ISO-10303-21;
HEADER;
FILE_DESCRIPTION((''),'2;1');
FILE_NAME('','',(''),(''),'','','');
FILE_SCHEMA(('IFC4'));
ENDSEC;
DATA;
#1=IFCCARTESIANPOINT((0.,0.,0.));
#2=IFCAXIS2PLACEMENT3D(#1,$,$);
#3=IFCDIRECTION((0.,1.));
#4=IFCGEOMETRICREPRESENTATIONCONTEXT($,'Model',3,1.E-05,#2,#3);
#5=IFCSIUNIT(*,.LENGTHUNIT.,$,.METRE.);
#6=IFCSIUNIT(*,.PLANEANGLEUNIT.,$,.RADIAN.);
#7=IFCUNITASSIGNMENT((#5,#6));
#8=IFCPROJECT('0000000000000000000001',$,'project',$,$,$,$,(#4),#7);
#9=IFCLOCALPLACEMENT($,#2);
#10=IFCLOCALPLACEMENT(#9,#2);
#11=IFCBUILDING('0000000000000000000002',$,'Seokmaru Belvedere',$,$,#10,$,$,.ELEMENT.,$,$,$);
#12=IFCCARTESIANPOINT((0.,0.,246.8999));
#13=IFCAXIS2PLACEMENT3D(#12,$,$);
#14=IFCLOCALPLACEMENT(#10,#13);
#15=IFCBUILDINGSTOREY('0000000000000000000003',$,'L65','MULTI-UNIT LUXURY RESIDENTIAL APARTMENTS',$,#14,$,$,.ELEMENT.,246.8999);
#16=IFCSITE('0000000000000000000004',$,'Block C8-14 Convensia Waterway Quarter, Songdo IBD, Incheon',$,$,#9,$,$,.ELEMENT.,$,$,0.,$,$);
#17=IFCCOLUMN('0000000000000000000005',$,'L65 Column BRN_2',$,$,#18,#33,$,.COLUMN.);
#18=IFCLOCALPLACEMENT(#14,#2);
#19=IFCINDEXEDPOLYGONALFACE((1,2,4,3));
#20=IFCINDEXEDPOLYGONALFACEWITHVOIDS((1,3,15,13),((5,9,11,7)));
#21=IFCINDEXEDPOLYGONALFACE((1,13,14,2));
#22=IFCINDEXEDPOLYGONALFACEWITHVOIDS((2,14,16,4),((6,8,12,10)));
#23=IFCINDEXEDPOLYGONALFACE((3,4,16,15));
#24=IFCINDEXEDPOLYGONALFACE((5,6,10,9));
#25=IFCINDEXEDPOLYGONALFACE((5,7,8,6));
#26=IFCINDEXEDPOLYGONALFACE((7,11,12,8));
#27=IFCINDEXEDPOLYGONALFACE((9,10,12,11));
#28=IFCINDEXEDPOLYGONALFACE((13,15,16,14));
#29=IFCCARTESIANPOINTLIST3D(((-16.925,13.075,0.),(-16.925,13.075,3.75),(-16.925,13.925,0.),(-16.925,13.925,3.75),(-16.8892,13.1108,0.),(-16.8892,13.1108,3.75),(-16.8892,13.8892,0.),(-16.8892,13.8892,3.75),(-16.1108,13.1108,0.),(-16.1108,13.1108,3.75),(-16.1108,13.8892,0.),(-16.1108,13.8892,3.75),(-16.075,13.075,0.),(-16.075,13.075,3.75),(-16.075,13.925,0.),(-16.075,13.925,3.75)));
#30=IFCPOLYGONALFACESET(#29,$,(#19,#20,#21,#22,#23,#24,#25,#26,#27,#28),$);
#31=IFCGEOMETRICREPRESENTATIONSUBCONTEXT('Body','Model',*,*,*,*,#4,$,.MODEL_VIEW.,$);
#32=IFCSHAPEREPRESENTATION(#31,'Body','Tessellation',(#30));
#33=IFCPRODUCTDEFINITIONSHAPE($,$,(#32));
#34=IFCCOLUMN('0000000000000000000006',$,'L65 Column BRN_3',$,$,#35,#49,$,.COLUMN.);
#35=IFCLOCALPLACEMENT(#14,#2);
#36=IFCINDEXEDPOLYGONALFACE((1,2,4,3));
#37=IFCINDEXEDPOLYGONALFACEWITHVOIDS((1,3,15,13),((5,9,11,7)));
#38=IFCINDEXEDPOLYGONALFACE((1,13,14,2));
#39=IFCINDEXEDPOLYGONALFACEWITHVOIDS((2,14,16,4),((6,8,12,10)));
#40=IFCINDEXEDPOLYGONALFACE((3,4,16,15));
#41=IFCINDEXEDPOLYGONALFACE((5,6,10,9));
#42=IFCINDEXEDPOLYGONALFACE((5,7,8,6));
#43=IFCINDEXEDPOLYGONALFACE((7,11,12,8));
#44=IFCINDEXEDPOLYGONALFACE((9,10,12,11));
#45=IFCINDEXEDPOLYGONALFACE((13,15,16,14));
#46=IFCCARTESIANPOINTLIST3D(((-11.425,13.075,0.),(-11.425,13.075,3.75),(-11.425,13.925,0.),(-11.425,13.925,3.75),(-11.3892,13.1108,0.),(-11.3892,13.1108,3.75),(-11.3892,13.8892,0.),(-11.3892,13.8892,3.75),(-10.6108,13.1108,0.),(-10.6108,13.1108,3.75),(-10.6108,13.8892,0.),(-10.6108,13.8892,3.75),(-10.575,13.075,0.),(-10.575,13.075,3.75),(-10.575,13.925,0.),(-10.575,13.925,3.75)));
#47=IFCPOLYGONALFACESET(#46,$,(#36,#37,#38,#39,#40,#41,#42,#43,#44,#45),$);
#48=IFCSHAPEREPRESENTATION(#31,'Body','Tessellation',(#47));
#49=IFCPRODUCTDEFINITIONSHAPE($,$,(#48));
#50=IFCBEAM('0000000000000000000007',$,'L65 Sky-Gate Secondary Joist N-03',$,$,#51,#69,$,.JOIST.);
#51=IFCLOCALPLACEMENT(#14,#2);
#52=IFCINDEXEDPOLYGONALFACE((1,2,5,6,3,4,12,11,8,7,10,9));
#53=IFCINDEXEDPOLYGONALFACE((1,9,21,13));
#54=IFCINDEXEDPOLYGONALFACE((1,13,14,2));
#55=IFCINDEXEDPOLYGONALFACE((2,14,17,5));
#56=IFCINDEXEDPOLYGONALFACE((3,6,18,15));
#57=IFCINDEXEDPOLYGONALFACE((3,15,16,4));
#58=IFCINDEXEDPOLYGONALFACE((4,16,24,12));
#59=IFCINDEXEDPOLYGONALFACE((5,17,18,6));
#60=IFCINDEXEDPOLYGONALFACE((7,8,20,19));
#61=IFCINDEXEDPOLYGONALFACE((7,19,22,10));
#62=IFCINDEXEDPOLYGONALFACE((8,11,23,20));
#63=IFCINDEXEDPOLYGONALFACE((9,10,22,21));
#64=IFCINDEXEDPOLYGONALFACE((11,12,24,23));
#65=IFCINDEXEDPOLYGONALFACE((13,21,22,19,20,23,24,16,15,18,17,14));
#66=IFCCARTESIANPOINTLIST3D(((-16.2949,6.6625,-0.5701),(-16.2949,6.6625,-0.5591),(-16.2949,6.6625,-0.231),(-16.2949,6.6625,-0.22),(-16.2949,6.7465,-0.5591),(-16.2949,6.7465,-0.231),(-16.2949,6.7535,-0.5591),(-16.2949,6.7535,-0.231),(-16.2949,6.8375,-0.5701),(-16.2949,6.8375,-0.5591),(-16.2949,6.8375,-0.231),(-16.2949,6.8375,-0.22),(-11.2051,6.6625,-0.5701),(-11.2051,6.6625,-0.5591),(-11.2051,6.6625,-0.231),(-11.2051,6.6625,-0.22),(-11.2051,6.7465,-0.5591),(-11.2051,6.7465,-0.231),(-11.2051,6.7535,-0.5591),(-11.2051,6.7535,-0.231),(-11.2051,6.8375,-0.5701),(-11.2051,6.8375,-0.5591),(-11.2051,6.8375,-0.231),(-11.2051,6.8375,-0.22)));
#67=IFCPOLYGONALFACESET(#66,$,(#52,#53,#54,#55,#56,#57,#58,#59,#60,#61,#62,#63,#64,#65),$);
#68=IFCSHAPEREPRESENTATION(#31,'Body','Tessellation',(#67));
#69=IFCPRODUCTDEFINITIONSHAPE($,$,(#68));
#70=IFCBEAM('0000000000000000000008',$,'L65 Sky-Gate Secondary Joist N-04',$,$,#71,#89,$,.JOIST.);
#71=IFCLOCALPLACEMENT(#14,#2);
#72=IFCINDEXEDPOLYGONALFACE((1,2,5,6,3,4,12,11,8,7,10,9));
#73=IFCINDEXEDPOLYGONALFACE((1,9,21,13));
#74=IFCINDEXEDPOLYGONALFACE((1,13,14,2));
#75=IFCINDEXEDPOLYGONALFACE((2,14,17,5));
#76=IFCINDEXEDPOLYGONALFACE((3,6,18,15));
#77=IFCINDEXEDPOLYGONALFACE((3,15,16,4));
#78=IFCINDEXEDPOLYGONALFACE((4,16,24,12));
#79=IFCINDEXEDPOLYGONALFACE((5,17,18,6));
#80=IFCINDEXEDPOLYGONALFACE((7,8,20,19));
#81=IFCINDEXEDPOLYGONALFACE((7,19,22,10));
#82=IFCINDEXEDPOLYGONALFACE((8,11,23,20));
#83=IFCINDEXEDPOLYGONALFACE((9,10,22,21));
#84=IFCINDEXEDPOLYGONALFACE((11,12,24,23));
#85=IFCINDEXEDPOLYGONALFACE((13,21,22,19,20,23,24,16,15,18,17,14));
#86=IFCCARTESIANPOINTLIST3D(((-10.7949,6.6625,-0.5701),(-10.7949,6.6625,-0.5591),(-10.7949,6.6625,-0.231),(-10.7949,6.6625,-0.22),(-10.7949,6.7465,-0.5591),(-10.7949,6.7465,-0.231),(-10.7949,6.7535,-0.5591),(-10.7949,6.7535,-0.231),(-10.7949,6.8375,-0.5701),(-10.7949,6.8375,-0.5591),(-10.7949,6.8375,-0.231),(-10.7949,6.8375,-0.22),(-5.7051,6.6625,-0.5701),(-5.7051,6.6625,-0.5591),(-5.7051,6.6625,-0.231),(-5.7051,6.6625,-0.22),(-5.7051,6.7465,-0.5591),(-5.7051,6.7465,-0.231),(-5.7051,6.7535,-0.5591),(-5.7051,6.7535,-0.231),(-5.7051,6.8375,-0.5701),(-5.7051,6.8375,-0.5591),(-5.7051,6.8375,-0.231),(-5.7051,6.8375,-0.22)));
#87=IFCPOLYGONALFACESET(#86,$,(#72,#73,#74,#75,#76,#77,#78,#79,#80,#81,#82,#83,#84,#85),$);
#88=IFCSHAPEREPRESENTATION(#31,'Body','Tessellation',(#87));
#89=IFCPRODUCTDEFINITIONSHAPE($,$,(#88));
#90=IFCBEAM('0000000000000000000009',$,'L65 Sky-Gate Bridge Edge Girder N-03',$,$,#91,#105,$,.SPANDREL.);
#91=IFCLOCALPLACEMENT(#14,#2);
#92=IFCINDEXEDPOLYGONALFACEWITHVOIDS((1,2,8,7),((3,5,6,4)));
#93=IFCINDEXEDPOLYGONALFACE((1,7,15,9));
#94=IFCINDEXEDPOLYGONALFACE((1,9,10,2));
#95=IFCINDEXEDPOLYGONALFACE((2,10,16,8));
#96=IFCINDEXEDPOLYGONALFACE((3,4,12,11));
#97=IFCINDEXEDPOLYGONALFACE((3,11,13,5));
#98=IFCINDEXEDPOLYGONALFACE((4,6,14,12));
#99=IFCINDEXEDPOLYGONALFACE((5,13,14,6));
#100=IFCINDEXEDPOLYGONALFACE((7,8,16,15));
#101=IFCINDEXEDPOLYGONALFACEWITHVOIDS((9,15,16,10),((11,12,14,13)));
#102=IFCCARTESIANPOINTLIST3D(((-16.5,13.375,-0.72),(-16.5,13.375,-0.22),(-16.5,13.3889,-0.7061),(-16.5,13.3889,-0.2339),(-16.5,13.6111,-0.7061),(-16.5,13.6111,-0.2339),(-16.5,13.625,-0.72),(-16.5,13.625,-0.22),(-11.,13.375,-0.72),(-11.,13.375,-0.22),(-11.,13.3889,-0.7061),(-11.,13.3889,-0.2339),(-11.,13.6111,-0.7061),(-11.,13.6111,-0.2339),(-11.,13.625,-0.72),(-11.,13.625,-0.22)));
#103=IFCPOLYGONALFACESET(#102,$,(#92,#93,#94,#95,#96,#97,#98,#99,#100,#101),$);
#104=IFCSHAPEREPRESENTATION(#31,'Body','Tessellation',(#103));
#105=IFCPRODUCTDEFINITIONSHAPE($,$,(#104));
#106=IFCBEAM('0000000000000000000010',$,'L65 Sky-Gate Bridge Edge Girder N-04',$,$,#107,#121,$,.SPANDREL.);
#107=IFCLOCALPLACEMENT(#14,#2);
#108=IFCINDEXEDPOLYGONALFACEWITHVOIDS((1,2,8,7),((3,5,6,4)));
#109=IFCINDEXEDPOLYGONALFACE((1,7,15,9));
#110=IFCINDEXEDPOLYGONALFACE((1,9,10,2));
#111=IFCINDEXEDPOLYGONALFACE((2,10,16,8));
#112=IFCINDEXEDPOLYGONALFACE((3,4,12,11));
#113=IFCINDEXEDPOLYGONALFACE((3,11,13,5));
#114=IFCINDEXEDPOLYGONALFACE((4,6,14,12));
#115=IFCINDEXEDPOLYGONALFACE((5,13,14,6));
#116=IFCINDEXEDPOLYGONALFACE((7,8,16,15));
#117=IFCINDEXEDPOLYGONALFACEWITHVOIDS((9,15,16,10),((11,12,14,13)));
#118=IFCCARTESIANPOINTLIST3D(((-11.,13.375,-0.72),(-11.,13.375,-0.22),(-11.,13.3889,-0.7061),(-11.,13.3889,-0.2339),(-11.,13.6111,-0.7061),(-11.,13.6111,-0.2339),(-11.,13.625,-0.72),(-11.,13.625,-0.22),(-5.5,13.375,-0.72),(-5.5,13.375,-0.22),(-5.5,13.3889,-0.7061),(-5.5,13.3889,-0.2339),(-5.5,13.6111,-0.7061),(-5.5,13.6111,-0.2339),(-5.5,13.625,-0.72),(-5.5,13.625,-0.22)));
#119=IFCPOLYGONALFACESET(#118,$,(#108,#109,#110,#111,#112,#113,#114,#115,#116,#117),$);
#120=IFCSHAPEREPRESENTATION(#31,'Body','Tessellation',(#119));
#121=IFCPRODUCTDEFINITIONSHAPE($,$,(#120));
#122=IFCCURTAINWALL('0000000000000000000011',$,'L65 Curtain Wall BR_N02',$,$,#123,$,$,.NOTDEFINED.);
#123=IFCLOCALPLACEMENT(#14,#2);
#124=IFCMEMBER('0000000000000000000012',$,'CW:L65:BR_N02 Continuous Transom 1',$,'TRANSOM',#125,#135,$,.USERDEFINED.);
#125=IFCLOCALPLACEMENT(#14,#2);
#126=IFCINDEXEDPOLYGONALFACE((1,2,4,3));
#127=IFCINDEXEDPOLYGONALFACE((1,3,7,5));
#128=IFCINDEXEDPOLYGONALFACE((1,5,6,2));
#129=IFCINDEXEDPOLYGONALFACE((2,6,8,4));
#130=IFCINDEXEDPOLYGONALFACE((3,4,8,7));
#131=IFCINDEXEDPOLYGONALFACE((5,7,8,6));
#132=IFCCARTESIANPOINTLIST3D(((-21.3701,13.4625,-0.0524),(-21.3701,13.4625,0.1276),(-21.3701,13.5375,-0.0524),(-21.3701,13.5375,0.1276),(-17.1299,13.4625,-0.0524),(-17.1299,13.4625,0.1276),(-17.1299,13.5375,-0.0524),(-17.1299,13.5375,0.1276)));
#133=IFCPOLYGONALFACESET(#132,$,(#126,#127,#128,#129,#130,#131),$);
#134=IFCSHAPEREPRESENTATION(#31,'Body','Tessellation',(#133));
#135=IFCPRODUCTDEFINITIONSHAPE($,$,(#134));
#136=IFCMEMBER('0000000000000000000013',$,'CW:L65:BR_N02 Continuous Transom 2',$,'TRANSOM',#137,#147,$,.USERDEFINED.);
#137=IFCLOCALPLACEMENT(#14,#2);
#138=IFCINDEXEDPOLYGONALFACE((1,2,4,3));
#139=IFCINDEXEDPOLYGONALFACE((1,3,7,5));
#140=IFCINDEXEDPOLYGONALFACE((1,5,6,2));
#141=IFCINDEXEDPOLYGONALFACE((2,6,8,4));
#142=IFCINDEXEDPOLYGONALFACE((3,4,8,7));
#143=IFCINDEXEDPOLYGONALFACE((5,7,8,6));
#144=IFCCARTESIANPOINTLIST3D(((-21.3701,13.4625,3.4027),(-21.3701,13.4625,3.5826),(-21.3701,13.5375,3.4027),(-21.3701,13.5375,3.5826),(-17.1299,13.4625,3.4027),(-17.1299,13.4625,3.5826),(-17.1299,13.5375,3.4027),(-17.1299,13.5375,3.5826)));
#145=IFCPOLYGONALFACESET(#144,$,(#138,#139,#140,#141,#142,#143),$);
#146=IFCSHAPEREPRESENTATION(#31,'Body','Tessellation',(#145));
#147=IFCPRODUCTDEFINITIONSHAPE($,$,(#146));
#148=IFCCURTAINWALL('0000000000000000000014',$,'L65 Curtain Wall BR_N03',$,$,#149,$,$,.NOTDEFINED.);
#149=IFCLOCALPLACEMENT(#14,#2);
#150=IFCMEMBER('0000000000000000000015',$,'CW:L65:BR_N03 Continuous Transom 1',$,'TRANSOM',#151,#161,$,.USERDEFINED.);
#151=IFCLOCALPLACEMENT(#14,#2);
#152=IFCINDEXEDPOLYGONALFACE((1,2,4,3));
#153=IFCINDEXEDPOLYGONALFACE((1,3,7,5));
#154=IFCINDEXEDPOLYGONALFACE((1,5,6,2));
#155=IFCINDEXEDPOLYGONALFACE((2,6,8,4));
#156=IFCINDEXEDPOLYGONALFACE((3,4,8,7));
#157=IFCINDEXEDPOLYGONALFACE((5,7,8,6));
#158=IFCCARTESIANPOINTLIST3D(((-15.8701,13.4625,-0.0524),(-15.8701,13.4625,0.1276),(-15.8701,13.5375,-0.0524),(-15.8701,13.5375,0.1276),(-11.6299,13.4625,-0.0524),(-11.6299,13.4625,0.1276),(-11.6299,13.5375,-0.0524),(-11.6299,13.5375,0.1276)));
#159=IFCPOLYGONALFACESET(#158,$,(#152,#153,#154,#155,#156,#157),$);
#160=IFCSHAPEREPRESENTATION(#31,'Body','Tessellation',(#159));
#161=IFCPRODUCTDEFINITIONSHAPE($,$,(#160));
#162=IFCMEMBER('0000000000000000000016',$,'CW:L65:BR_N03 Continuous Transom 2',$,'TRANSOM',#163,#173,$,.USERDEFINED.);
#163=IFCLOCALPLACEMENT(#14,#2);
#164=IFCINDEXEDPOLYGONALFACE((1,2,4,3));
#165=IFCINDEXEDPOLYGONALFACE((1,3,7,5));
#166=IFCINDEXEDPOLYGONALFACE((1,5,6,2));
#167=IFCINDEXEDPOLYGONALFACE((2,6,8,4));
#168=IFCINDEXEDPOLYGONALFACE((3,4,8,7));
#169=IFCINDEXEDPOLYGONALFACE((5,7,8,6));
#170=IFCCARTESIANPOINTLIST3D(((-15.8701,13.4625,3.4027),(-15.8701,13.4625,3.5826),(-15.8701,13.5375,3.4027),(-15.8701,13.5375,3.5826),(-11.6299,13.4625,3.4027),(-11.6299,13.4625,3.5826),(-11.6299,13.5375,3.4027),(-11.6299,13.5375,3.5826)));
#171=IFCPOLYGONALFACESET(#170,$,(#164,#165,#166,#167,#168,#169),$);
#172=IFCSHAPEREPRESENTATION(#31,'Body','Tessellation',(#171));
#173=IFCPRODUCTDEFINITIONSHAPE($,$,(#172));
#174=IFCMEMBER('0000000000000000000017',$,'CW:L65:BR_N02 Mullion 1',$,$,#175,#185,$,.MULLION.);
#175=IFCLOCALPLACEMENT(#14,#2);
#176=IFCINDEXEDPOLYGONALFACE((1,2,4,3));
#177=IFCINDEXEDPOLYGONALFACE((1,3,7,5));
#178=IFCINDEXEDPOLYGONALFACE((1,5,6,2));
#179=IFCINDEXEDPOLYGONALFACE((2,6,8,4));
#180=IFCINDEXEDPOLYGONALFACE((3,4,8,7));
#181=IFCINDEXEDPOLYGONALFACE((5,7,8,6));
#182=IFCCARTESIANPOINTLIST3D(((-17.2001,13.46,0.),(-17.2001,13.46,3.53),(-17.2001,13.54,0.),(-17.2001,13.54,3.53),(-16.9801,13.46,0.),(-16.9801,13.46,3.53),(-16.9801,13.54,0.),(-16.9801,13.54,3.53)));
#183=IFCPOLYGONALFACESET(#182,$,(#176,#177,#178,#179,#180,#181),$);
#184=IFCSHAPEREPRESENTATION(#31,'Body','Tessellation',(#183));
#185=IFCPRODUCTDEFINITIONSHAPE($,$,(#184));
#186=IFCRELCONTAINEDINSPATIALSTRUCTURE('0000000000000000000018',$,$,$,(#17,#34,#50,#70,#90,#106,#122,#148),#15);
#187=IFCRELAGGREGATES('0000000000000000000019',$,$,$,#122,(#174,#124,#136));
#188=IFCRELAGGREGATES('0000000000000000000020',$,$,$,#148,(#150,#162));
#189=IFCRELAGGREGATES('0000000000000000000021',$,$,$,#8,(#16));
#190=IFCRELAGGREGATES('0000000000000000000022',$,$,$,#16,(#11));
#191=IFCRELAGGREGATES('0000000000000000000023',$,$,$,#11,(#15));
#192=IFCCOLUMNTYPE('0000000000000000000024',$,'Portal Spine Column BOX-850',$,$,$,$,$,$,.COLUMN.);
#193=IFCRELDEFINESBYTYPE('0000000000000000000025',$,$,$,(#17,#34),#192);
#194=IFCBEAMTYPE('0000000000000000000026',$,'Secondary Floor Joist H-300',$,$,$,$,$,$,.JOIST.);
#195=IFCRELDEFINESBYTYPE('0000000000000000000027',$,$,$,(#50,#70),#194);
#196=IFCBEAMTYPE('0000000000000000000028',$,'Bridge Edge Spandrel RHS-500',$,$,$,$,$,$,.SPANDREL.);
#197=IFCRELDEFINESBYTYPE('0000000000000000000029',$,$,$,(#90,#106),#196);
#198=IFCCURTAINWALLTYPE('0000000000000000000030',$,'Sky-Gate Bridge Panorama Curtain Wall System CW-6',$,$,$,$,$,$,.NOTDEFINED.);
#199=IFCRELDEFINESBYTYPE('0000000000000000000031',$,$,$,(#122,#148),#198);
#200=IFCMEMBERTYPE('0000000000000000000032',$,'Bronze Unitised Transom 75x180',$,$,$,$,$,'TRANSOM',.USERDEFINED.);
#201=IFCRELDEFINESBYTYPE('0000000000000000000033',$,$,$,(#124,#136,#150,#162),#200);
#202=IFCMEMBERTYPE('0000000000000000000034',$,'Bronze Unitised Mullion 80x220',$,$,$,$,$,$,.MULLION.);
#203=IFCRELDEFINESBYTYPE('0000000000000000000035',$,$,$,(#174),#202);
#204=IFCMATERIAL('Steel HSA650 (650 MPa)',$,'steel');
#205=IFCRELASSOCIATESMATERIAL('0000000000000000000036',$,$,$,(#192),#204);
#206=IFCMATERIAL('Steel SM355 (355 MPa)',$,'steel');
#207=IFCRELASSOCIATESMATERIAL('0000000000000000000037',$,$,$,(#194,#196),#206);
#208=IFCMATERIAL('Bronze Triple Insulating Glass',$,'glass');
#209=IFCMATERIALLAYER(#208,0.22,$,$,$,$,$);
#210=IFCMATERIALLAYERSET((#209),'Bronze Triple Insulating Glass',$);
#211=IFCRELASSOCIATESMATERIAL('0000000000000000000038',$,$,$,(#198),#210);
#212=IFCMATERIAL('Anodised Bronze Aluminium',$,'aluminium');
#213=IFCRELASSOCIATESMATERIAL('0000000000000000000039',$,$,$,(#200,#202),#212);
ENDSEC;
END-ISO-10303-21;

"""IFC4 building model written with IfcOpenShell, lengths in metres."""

from ifc_helpers import new_model, si_unit, direction, frame, origin, origin_2d, place, context, subcontext, project, spatial, rectangle, hollow_rectangle, i_section, extrude, source, transform, mapped, material, layer, layer_set, material_profile, profile_set, type_object, type_shapes, element, aggregate, save


model = new_model("IFC4")

# Units and contexts
model_context = context("Model", 3, precision=1e-05, world=origin(), true_north=direction((0.0, 1.0)))
body_context = subcontext(model_context, "Body", "Model", "MODEL_VIEW")
ifc_project = project(units=[si_unit("LENGTHUNIT", "METRE"), si_unit("PLANEANGLEUNIT", "RADIAN")], contexts=[model_context])

# Site, building, storey
site_placement = place(None, origin())
site = spatial("IfcSite", under=ifc_project, at=site_placement, Name="Block C8-14 Convensia Waterway Quarter, Songdo IBD, Incheon", CompositionType="ELEMENT", RefElevation=0.0)
building_placement = place(site_placement, origin())
building = spatial("IfcBuilding", under=site, at=building_placement, Name="Seokmaru Belvedere", CompositionType="ELEMENT")
storey_placement = place(building_placement, frame((0.0, 0.0, 246.8999)))
storey = spatial("IfcBuildingStorey", under=building, at=storey_placement, Name="L65", Description="MULTI-UNIT LUXURY RESIDENTIAL APARTMENTS", CompositionType="ELEMENT", Elevation=246.8999)

# Columns
ifc_material_1 = material(Name="Steel HSA650 (650 MPa)", Category="steel")
ifc_material_profile_1 = material_profile(ifc_material_1, hollow_rectangle(XDim=0.8501, YDim=0.8501, WallThickness=0.0359, at=origin_2d()), Name="BOX-850x850x36")
ifc_profile_set_1 = profile_set([ifc_material_profile_1], Name="Steel HSA650 (650 MPa)")
column_type = type_object("IfcColumnType", Name="Portal Spine Column BOX-850", PredefinedType="COLUMN", material=ifc_profile_set_1)
shared_shape_1 = source(origin(), body_context, "Body", "SweptSolid", [
    extrude(hollow_rectangle(XDim=0.8501, YDim=0.8501, WallThickness=0.0359, at=origin_2d()), origin(), (0.0, 0.0, 1.0), 3.75),
])
type_shapes(column_type, [shared_shape_1])
for number, where, z_axis, x_axis, name in (
    (1, (-16.5, 13.5, 0.0), (0.0, 0.0, 1.0), (1.0, 0.0, 0.0), "L65 Column BRN_2"),
    (2, (-11.0, 13.5, 0.0), (0.0, 0.0, 1.0), (1.0, 0.0, 0.0), "L65 Column BRN_3"),
):
    element("IfcColumn", number, at=place(storey_placement, frame(where, z_axis=z_axis, x_axis=x_axis)), inside=storey, type_object=column_type, Name=name, PredefinedType="COLUMN", context=body_context, shape_type="MappedRepresentation", body=[
        mapped(shared_shape_1, transform((0.0, 0.0, 0.0), scale=1.0)),
    ])

# Beams
ifc_material_2 = material(Name="Steel SM355 (355 MPa)", Category="steel")
ifc_material_profile_2 = material_profile(ifc_material_2, i_section(OverallWidth=0.175, OverallDepth=0.3501, WebThickness=0.0071, FlangeThickness=0.011, at=origin_2d()), Name="H-350x175x7x11")
ifc_profile_set_2 = profile_set([ifc_material_profile_2], Name="Steel SM355 (355 MPa)")
beam_type_1 = type_object("IfcBeamType", Name="Secondary Floor Joist H-300", PredefinedType="JOIST", material=ifc_profile_set_2)
shared_shape_2 = source(origin(), body_context, "Body", "SweptSolid", [
    extrude(i_section(OverallWidth=0.175, OverallDepth=0.3501, WebThickness=0.0071, FlangeThickness=0.011, at=origin_2d()), origin(), (0.0, 0.0, 1.0), 5.0898),
])
type_shapes(beam_type_1, [shared_shape_2])
for number, where, z_axis, x_axis, name in (
    (3, (-16.2949, 6.75, -0.395), (1.0, 0.0, 0.0), (0.0, 1.0, 0.0), "L65 Sky-Gate Secondary Joist N-03"),
    (4, (-10.7949, 6.75, -0.395), (1.0, 0.0, 0.0), (0.0, 1.0, 0.0), "L65 Sky-Gate Secondary Joist N-04"),
):
    element("IfcBeam", number, at=place(storey_placement, frame(where, z_axis=z_axis, x_axis=x_axis)), inside=storey, type_object=beam_type_1, Name=name, PredefinedType="JOIST", context=body_context, shape_type="MappedRepresentation", body=[
        mapped(shared_shape_2, transform((0.0, 0.0, 0.0), scale=1.0)),
    ])
ifc_material_profile_3 = material_profile(ifc_material_2, hollow_rectangle(XDim=0.25, YDim=0.5, WallThickness=0.0139, at=origin_2d()), Name="RHS-500x250x14")
ifc_profile_set_3 = profile_set([ifc_material_profile_3], Name="Steel SM355 (355 MPa)")
beam_type_2 = type_object("IfcBeamType", Name="Bridge Edge Spandrel RHS-500", PredefinedType="SPANDREL", material=ifc_profile_set_3)
shared_shape_3 = source(origin(), body_context, "Body", "SweptSolid", [
    extrude(hollow_rectangle(XDim=0.25, YDim=0.5, WallThickness=0.0139, at=origin_2d()), origin(), (0.0, 0.0, 1.0), 5.5),
])
type_shapes(beam_type_2, [shared_shape_3])
for number, where, z_axis, x_axis, name in (
    (5, (-16.5, 13.5, -0.47), (1.0, 0.0, 0.0), (0.0, 1.0, 0.0), "L65 Sky-Gate Bridge Edge Girder N-03"),
    (6, (-11.0, 13.5, -0.47), (1.0, 0.0, 0.0), (0.0, 1.0, 0.0), "L65 Sky-Gate Bridge Edge Girder N-04"),
):
    element("IfcBeam", number, at=place(storey_placement, frame(where, z_axis=z_axis, x_axis=x_axis)), inside=storey, type_object=beam_type_2, Name=name, PredefinedType="SPANDREL", context=body_context, shape_type="MappedRepresentation", body=[
        mapped(shared_shape_3, transform((0.0, 0.0, 0.0), scale=1.0)),
    ])

# Curtain walls, members
ifc_material_3 = material(Name="Bronze Triple Insulating Glass", Category="glass")
ifc_layer_1 = layer(ifc_material_3, 0.22)
ifc_layer_set_1 = layer_set([ifc_layer_1], Name="Bronze Triple Insulating Glass")
curtain_wall_type = type_object("IfcCurtainWallType", Name="Sky-Gate Bridge Panorama Curtain Wall System CW-6", PredefinedType="NOTDEFINED", material=ifc_layer_set_1)
curtain_wall_1_placement = place(storey_placement, origin())
curtain_wall_1 = element("IfcCurtainWall", 7, at=curtain_wall_1_placement, inside=storey, type_object=curtain_wall_type, Name="L65 Curtain Wall BR_N02", PredefinedType="NOTDEFINED")
ifc_material_4 = material(Name="Anodised Bronze Aluminium", Category="aluminium")
ifc_material_profile_4 = material_profile(ifc_material_4, rectangle(XDim=0.075, YDim=0.1799, at=origin_2d()), Name="CW-T-75x180")
ifc_profile_set_4 = profile_set([ifc_material_profile_4], Name="Anodised Bronze Aluminium")
member_type_1 = type_object("IfcMemberType", Name="Bronze Unitised Transom 75x180", ElementType="TRANSOM", PredefinedType="USERDEFINED", material=ifc_profile_set_4)
shared_shape_4 = source(origin(), body_context, "Body", "SweptSolid", [
    extrude(rectangle(XDim=0.075, YDim=0.1799, at=origin_2d()), origin(), (0.0, 0.0, 1.0), 4.2402),
])
type_shapes(member_type_1, [shared_shape_4])
member_1_placement = place(storey_placement, frame((-17.1299, 13.5, 0.0376), z_axis=(-1.0, 0.0, 0.0), x_axis=(0.0, -1.0, 0.0)))
member_1 = element("IfcMember", 8, at=member_1_placement, type_object=member_type_1, Name="CW:L65:BR_N02 Continuous Transom 1", ObjectType="TRANSOM", PredefinedType="USERDEFINED", context=body_context, shape_type="MappedRepresentation", body=[
    mapped(shared_shape_4, transform((0.0, 0.0, 0.0), scale=1.0)),
])
member_2_placement = place(storey_placement, frame((-17.1299, 13.5, 3.4927), z_axis=(-1.0, 0.0, 0.0), x_axis=(0.0, -1.0, 0.0)))
member_2 = element("IfcMember", 9, at=member_2_placement, type_object=member_type_1, Name="CW:L65:BR_N02 Continuous Transom 2", ObjectType="TRANSOM", PredefinedType="USERDEFINED", context=body_context, shape_type="MappedRepresentation", body=[
    mapped(shared_shape_4, transform((0.0, 0.0, 0.0), scale=1.0)),
])
curtain_wall_2_placement = place(storey_placement, origin())
curtain_wall_2 = element("IfcCurtainWall", 10, at=curtain_wall_2_placement, inside=storey, type_object=curtain_wall_type, Name="L65 Curtain Wall BR_N03", PredefinedType="NOTDEFINED")
member_3_placement = place(storey_placement, frame((-11.6299, 13.5, 0.0376), z_axis=(-1.0, 0.0, 0.0), x_axis=(0.0, -1.0, 0.0)))
member_3 = element("IfcMember", 11, at=member_3_placement, type_object=member_type_1, Name="CW:L65:BR_N03 Continuous Transom 1", ObjectType="TRANSOM", PredefinedType="USERDEFINED", context=body_context, shape_type="MappedRepresentation", body=[
    mapped(shared_shape_4, transform((0.0, 0.0, 0.0), scale=1.0)),
])
member_4_placement = place(storey_placement, frame((-11.6299, 13.5, 3.4927), z_axis=(-1.0, 0.0, 0.0), x_axis=(0.0, -1.0, 0.0)))
member_4 = element("IfcMember", 12, at=member_4_placement, type_object=member_type_1, Name="CW:L65:BR_N03 Continuous Transom 2", ObjectType="TRANSOM", PredefinedType="USERDEFINED", context=body_context, shape_type="MappedRepresentation", body=[
    mapped(shared_shape_4, transform((0.0, 0.0, 0.0), scale=1.0)),
])

# Member
ifc_material_profile_5 = material_profile(ifc_material_4, rectangle(XDim=0.0801, YDim=0.22, at=origin_2d()), Name="CW-M-80x220")
ifc_profile_set_5 = profile_set([ifc_material_profile_5], Name="Anodised Bronze Aluminium")
member_type_2 = type_object("IfcMemberType", Name="Bronze Unitised Mullion 80x220", PredefinedType="MULLION", material=ifc_profile_set_5)
shared_shape_5 = source(origin(), body_context, "Body", "SweptSolid", [
    extrude(rectangle(XDim=0.0801, YDim=0.22, at=origin_2d()), origin(), (0.0, 0.0, 1.0), 3.53),
])
type_shapes(member_type_2, [shared_shape_5])
member_5_placement = place(storey_placement, frame((-17.0901, 13.5, 0.0), z_axis=(0.0, 0.0, 1.0), x_axis=(0.0, -1.0, 0.0)))
member_5 = element("IfcMember", 13, at=member_5_placement, type_object=member_type_2, Name="CW:L65:BR_N02 Mullion 1", PredefinedType="MULLION", context=body_context, shape_type="MappedRepresentation", body=[
    mapped(shared_shape_5, transform((0.0, 0.0, 0.0), scale=1.0)),
])

aggregate(curtain_wall_1, [member_5, member_1, member_2])
aggregate(curtain_wall_2, [member_3, member_4])

save(model, "model.ifc")
